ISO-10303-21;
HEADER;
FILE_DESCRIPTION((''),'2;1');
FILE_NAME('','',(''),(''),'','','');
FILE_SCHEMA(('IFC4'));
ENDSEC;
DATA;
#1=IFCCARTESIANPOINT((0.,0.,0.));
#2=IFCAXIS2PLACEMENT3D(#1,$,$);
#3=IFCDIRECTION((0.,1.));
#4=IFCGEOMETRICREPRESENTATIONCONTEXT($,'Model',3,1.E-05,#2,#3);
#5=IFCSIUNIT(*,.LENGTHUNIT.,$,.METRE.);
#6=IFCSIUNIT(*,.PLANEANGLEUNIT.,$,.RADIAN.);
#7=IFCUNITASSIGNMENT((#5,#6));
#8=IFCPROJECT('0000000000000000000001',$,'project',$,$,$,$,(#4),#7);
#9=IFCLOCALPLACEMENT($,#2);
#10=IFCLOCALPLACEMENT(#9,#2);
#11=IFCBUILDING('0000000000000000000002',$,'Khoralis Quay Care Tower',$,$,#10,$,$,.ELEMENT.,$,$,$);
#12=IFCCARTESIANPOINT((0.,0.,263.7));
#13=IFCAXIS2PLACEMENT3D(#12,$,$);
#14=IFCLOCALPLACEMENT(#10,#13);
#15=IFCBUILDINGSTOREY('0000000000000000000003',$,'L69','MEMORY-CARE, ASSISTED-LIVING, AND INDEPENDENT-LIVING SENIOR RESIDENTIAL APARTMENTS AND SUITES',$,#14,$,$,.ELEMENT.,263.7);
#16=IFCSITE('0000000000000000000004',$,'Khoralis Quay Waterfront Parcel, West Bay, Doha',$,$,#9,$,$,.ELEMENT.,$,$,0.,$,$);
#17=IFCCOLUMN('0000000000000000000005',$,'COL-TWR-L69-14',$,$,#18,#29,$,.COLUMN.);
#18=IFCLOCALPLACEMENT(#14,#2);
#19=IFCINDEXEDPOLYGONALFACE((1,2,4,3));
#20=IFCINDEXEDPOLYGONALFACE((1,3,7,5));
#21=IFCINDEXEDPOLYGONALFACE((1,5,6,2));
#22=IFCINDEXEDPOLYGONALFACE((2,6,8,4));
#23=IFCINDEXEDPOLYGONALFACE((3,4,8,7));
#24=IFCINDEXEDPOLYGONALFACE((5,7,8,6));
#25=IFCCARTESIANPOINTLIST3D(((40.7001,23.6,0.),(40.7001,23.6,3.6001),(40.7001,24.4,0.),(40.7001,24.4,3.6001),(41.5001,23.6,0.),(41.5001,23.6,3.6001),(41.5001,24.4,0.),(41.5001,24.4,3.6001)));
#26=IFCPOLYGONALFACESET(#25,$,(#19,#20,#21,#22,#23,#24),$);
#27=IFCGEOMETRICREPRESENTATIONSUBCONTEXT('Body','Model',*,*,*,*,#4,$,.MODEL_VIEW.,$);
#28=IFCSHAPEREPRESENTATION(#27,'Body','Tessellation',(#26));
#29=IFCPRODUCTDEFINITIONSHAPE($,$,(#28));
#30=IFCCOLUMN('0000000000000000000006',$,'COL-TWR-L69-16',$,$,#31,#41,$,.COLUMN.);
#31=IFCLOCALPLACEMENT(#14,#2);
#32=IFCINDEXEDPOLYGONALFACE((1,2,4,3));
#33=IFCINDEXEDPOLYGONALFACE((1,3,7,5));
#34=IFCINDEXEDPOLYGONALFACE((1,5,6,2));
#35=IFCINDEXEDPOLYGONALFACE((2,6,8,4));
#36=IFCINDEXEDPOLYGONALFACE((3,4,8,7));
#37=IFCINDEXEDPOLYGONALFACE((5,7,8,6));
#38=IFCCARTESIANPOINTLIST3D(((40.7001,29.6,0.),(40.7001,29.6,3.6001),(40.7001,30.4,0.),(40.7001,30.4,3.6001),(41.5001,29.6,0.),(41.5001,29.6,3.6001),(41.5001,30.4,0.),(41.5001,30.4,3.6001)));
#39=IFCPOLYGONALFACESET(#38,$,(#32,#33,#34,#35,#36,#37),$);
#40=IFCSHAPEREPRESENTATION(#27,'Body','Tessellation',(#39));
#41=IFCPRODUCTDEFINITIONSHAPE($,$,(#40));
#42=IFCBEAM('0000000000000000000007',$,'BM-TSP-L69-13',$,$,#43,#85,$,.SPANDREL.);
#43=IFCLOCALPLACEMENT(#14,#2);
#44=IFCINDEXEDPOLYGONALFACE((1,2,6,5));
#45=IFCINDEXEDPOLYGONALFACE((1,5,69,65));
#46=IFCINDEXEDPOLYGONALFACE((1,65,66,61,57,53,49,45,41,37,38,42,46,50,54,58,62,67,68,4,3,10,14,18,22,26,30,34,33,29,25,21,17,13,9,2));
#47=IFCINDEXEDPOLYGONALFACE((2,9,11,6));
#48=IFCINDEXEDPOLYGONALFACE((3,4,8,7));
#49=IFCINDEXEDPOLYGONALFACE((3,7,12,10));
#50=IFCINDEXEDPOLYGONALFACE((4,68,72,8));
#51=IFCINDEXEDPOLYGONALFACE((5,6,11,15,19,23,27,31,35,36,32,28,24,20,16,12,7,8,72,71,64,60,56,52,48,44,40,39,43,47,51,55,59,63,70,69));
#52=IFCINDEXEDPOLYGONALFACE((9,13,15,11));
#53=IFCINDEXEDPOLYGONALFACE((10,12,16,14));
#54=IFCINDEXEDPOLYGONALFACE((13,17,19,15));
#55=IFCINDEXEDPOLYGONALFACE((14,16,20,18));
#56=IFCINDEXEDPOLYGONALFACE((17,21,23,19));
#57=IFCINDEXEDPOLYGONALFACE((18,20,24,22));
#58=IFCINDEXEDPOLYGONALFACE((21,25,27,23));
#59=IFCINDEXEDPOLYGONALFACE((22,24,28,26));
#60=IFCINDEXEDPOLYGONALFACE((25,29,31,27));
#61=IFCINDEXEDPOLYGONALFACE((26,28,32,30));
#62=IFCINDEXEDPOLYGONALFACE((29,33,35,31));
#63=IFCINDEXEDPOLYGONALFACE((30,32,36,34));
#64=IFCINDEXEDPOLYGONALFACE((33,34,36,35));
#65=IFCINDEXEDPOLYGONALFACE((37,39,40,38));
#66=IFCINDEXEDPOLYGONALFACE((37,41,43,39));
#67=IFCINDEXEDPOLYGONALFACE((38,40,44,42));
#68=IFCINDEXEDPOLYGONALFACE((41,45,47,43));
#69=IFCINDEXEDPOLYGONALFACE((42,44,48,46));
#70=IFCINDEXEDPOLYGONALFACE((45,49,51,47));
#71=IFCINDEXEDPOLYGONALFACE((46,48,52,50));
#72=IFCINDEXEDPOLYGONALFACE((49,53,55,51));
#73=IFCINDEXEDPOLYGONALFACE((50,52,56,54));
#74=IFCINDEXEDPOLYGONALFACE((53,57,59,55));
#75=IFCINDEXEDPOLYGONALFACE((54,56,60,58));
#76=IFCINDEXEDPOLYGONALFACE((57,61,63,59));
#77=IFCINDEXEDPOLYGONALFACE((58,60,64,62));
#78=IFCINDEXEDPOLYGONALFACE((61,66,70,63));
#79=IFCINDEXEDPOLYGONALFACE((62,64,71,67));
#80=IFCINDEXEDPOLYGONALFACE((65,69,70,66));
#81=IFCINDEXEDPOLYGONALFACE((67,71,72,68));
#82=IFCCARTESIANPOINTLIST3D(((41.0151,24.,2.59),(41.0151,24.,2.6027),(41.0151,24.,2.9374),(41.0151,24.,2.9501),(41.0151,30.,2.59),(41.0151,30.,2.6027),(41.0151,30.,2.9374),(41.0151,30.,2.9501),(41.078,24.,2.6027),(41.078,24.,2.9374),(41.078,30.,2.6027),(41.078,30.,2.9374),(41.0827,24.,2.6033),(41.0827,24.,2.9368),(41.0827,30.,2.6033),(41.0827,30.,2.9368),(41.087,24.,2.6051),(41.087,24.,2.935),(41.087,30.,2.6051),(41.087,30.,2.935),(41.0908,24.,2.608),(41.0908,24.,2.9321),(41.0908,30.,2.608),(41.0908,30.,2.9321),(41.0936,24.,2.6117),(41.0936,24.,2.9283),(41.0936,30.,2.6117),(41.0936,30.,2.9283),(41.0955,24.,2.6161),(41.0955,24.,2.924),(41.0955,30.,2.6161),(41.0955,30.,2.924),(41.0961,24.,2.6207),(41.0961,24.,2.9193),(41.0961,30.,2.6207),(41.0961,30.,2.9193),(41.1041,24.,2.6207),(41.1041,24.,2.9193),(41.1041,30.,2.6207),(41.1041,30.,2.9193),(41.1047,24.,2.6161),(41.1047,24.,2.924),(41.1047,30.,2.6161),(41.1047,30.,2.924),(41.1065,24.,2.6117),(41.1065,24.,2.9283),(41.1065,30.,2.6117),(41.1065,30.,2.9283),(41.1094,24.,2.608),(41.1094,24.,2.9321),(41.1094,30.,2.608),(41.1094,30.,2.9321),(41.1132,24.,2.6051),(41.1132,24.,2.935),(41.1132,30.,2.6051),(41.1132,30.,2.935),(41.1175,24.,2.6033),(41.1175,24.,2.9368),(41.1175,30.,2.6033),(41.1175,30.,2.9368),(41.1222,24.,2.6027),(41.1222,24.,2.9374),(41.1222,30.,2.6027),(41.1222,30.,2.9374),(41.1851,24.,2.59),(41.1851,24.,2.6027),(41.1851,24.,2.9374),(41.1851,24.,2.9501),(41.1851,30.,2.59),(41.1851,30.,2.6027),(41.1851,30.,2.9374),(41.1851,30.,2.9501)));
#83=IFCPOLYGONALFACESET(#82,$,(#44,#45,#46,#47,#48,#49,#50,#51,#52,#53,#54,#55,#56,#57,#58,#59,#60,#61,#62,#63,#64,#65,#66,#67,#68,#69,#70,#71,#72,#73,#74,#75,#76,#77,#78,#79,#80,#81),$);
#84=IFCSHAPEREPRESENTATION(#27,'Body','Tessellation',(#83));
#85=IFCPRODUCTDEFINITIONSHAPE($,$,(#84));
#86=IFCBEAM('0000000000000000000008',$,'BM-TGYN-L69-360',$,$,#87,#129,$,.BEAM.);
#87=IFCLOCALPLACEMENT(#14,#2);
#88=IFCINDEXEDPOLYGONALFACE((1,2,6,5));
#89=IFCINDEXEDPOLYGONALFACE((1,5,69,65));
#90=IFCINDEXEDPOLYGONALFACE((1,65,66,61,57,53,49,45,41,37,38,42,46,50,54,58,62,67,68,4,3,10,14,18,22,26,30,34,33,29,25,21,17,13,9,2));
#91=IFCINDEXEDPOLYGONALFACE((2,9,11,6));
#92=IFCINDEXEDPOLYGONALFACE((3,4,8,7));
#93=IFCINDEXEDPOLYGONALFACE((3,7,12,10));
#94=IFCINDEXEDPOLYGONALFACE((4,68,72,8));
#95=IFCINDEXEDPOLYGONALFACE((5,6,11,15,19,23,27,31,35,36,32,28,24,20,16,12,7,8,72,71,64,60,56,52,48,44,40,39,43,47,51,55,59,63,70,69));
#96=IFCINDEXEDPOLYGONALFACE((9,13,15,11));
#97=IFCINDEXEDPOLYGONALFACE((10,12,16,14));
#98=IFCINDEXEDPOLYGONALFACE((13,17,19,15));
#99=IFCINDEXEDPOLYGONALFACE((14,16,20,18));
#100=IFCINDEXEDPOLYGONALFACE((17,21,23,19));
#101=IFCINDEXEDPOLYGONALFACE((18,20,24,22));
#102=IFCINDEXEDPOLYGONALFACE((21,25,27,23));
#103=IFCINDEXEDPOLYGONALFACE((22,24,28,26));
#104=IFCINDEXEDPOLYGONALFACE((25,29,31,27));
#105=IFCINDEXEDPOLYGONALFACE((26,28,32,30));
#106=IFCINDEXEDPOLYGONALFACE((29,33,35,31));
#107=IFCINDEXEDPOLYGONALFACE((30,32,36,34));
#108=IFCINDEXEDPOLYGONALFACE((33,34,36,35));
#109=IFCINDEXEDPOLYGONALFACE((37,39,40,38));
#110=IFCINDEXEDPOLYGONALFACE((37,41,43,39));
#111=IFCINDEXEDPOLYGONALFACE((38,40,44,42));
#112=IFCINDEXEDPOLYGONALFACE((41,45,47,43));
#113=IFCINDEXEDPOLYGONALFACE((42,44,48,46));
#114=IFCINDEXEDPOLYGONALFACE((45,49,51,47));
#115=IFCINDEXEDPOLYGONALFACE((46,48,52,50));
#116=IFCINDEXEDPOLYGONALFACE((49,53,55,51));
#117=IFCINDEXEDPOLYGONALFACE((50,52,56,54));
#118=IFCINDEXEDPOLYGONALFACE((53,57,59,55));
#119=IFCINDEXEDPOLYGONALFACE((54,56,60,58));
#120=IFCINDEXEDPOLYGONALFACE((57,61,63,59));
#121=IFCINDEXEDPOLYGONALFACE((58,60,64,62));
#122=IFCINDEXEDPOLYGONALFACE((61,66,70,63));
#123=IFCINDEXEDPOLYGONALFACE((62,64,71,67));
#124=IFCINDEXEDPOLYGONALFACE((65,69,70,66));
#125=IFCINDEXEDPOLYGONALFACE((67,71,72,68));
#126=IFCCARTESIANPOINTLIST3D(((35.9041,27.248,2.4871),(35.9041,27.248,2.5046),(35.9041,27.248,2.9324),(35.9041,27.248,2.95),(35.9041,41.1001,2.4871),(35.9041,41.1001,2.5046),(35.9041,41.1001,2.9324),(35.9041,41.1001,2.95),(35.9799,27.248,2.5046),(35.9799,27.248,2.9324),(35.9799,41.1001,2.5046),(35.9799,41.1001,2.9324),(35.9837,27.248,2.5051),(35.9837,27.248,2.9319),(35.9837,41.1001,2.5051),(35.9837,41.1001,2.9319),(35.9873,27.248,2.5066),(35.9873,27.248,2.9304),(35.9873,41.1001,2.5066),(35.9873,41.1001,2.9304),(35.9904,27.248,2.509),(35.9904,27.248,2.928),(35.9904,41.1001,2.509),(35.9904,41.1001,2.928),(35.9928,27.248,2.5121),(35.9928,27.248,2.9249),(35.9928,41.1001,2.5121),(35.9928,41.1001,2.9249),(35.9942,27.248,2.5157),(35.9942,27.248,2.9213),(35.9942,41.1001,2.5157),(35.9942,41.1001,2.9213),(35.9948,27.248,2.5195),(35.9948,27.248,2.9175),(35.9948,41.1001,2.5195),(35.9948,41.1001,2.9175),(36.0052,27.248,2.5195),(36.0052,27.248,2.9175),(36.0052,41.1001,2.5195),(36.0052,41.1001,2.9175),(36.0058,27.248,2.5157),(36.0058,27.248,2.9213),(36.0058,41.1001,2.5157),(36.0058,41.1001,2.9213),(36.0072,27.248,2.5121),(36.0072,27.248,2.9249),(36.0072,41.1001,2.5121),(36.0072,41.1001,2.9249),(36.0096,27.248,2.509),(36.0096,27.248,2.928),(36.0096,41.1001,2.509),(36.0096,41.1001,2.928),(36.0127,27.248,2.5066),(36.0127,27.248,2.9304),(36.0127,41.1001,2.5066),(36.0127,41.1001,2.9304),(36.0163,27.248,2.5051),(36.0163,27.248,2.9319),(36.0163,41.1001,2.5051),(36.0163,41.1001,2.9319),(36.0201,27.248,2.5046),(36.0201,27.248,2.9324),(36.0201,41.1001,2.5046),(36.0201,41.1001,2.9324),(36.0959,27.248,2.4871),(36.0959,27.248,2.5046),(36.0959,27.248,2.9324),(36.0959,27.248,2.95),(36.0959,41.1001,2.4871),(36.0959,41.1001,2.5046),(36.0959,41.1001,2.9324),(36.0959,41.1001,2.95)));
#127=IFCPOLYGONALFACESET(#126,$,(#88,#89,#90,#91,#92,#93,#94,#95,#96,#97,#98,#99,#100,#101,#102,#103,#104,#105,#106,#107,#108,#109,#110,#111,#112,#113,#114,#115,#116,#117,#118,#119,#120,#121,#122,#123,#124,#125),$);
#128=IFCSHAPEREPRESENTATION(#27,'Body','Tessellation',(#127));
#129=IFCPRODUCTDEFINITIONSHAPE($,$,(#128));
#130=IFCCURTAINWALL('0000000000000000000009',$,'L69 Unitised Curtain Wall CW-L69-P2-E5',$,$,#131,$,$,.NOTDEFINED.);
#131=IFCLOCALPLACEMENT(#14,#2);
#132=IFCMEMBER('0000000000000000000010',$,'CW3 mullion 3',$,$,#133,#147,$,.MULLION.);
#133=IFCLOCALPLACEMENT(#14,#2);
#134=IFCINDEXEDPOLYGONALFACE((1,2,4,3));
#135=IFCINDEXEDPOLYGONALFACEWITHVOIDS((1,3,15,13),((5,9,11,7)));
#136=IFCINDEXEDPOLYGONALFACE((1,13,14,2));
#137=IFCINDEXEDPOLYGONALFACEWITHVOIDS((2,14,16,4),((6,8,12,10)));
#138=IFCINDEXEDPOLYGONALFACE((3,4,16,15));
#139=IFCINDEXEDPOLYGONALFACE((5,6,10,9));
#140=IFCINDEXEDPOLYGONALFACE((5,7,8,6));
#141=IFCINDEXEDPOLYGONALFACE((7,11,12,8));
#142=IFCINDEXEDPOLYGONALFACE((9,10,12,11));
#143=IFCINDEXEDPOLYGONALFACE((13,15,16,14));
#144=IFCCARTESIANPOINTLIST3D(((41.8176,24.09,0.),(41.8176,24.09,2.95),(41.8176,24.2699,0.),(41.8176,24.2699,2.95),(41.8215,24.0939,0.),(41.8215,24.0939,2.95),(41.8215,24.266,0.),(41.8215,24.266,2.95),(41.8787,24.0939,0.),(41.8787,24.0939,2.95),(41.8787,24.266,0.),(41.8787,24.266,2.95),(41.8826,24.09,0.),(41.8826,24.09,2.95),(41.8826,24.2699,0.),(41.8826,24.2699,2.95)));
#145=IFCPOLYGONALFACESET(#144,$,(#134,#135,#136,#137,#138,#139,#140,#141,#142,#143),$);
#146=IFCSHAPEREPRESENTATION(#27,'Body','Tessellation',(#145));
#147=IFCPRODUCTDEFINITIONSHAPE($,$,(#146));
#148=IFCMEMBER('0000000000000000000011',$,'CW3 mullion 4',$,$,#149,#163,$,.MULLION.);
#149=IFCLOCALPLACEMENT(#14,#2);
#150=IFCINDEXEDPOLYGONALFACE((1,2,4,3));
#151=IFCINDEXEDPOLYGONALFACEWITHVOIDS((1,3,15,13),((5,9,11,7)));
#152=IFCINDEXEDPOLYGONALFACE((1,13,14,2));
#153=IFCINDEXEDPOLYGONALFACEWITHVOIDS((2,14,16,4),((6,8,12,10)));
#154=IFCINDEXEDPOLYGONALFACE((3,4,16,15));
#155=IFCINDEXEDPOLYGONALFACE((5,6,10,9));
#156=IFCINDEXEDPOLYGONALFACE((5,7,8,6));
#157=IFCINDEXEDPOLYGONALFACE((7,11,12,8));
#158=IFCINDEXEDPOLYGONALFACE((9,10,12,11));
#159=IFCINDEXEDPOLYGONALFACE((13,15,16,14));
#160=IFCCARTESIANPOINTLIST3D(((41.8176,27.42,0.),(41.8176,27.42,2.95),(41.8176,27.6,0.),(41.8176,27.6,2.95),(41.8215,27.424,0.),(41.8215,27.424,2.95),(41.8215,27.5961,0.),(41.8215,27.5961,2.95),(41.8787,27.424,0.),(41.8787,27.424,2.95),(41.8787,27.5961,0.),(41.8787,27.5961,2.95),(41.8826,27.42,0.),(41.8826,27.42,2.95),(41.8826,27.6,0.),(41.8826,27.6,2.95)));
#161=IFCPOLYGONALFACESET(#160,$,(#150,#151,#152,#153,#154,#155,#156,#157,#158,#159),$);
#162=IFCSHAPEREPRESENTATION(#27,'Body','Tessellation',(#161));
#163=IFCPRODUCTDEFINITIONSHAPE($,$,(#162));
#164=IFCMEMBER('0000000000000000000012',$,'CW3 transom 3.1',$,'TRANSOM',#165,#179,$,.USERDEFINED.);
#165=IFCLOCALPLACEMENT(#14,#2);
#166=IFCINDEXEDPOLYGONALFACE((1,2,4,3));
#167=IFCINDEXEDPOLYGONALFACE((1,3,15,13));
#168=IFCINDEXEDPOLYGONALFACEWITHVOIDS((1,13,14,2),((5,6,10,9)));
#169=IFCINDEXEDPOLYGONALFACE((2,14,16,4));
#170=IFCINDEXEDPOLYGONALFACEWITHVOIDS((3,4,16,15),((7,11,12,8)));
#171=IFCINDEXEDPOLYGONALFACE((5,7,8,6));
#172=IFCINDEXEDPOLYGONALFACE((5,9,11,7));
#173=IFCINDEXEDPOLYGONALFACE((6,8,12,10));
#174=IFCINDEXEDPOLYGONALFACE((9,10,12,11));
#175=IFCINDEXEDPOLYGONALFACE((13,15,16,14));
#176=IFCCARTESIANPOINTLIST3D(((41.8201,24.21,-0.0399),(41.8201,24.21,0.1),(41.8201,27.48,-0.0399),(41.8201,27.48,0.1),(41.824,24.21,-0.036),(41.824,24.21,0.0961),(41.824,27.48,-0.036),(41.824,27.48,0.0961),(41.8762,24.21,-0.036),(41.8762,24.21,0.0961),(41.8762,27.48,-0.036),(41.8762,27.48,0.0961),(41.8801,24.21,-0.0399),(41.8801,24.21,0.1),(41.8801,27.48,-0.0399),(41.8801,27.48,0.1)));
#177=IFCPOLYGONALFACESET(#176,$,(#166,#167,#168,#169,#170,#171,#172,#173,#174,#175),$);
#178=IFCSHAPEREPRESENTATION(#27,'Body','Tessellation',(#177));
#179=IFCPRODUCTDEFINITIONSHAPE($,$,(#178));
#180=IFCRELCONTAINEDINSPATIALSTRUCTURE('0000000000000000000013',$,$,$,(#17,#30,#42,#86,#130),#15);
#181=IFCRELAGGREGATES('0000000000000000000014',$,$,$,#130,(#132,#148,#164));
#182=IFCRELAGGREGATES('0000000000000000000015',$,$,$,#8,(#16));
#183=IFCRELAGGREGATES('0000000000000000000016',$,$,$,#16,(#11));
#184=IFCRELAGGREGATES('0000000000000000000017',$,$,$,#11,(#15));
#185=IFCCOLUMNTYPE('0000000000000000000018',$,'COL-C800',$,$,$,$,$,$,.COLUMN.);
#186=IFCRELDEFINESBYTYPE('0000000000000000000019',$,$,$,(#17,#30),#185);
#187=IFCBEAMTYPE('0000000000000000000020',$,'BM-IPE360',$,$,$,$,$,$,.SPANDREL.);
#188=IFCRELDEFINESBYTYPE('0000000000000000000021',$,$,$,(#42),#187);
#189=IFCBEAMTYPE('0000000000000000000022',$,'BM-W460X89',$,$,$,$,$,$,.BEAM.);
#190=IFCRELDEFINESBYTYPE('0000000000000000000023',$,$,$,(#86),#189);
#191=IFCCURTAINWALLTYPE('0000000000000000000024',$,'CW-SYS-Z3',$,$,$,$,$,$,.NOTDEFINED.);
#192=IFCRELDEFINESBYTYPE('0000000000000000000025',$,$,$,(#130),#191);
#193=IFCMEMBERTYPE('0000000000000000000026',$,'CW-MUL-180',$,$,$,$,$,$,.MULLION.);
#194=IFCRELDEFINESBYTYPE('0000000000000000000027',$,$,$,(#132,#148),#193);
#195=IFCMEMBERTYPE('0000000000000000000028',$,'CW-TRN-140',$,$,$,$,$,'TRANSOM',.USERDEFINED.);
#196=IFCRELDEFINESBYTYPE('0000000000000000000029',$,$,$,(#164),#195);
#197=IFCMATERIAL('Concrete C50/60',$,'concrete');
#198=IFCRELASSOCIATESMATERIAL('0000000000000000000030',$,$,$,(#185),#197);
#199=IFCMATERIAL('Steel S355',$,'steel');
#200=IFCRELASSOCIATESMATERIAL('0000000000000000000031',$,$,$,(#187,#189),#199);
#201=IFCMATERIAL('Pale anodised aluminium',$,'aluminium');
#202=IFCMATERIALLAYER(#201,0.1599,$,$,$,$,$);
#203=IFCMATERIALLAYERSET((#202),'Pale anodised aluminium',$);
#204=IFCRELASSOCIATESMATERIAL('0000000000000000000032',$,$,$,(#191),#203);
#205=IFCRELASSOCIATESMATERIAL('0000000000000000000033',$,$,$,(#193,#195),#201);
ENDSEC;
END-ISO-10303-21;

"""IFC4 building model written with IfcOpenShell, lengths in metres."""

from ifc_helpers import new_model, si_unit, direction, frame, origin, origin_2d, place, context, subcontext, project, spatial, rectangle, hollow_rectangle, i_section, extrude, source, transform, mapped, material, layer, layer_set, material_profile, profile_set, type_object, element, aggregate, save


model = new_model("IFC4")

# Units and contexts
model_context = context("Model", 3, precision=1e-05, world=origin(), true_north=direction((0.0, 1.0)))
body_context = subcontext(model_context, "Body", "Model", "MODEL_VIEW")
ifc_project = project(units=[si_unit("LENGTHUNIT", "METRE"), si_unit("PLANEANGLEUNIT", "RADIAN")], contexts=[model_context])

# Site, building, storey
site_placement = place(None, origin())
site = spatial("IfcSite", under=ifc_project, at=site_placement, Name="Khoralis Quay Waterfront Parcel, West Bay, Doha", CompositionType="ELEMENT", RefElevation=0.0)
building_placement = place(site_placement, origin())
building = spatial("IfcBuilding", under=site, at=building_placement, Name="Khoralis Quay Care Tower", CompositionType="ELEMENT")
storey_placement = place(building_placement, frame((0.0, 0.0, 263.7)))
storey = spatial("IfcBuildingStorey", under=building, at=storey_placement, Name="L69", Description="MEMORY-CARE, ASSISTED-LIVING, AND INDEPENDENT-LIVING SENIOR RESIDENTIAL APARTMENTS AND SUITES", CompositionType="ELEMENT", Elevation=263.7)

# Columns
ifc_material_1 = material(Name="Concrete C50/60", Category="concrete")
ifc_material_profile_1 = material_profile(ifc_material_1, rectangle(XDim=0.8, YDim=0.8, at=origin_2d()), Name="Concrete C50/60")
ifc_profile_set_1 = profile_set([ifc_material_profile_1], Name="Concrete C50/60")
column_type = type_object("IfcColumnType", Name="COL-C800", PredefinedType="COLUMN", material=ifc_profile_set_1)
shared_shape_1 = source(origin(), body_context, "Body", "SweptSolid", [
    extrude(rectangle(XDim=0.8, YDim=0.8, at=origin_2d()), origin(), (0.0, 0.0, 1.0), 3.6001),
])
for number, where, z_axis, x_axis, name in (
    (1, (41.1001, 24.0, 0.0), (0.0, 0.0, 1.0), (1.0, 0.0, 0.0), "COL-TWR-L69-14"),
    (2, (41.1001, 30.0, 0.0), (0.0, 0.0, 1.0), (1.0, 0.0, 0.0), "COL-TWR-L69-16"),
):
    element("IfcColumn", number, at=place(storey_placement, frame(where, z_axis=z_axis, x_axis=x_axis)), inside=storey, type_object=column_type, Name=name, PredefinedType="COLUMN", context=body_context, shape_type="MappedRepresentation", body=[
        mapped(shared_shape_1, transform((0.0, 0.0, 0.0), scale=1.0)),
    ])

# Beams
ifc_material_2 = material(Name="Steel S355", Category="steel")
ifc_material_profile_2 = material_profile(ifc_material_2, i_section(OverallWidth=0.1699, OverallDepth=0.3601, WebThickness=0.0081, FlangeThickness=0.0127, FilletRadius=0.0181, at=origin_2d()), Name="Steel S355")
ifc_profile_set_2 = profile_set([ifc_material_profile_2], Name="Steel S355")
beam_type_1 = type_object("IfcBeamType", Name="BM-IPE360", PredefinedType="SPANDREL", material=ifc_profile_set_2)
shared_shape_2 = source(origin(), body_context, "Body", "SweptSolid", [
    extrude(i_section(OverallWidth=0.1699, OverallDepth=0.3601, WebThickness=0.0081, FlangeThickness=0.0127, FilletRadius=0.0181, at=origin_2d()), origin(), (0.0, 0.0, 1.0), 6.0),
])
beam_1_placement = place(storey_placement, frame((41.1001, 24.0, 2.77), z_axis=(0.0, 1.0, 0.0), x_axis=(-1.0, 0.0, 0.0)))
element("IfcBeam", 3, at=beam_1_placement, inside=storey, type_object=beam_type_1, Name="BM-TSP-L69-13", PredefinedType="SPANDREL", context=body_context, shape_type="MappedRepresentation", body=[
    mapped(shared_shape_2, transform((0.0, 0.0, 0.0), scale=1.0)),
])
ifc_material_profile_3 = material_profile(ifc_material_2, i_section(OverallWidth=0.1919, OverallDepth=0.4629, WebThickness=0.0105, FlangeThickness=0.0176, FilletRadius=0.0149, at=origin_2d()), Name="Steel S355")
ifc_profile_set_3 = profile_set([ifc_material_profile_3], Name="Steel S355")
beam_type_2 = type_object("IfcBeamType", Name="BM-W460X89", PredefinedType="BEAM", material=ifc_profile_set_3)
shared_shape_3 = source(origin(), body_context, "Body", "SweptSolid", [
    extrude(i_section(OverallWidth=0.1919, OverallDepth=0.4629, WebThickness=0.0105, FlangeThickness=0.0176, FilletRadius=0.0149, at=origin_2d()), origin(), (0.0, 0.0, 1.0), 13.8521),
])
beam_2_placement = place(storey_placement, frame((36.0, 27.248, 2.7185), z_axis=(0.0, 1.0, 0.0), x_axis=(-1.0, 0.0, 0.0)))
element("IfcBeam", 4, at=beam_2_placement, inside=storey, type_object=beam_type_2, Name="BM-TGYN-L69-360", PredefinedType="BEAM", context=body_context, shape_type="MappedRepresentation", body=[
    mapped(shared_shape_3, transform((0.0, 0.0, 0.0), scale=1.0)),
])

# Curtain wall, members
ifc_material_3 = material(Name="Pale anodised aluminium", Category="aluminium")
ifc_layer_1 = layer(ifc_material_3, 0.1599)
ifc_layer_set_1 = layer_set([ifc_layer_1], Name="Pale anodised aluminium")
curtain_wall_type = type_object("IfcCurtainWallType", Name="CW-SYS-Z3", PredefinedType="NOTDEFINED", material=ifc_layer_set_1)
curtain_wall_placement = place(storey_placement, origin())
curtain_wall = element("IfcCurtainWall", 5, at=curtain_wall_placement, inside=storey, type_object=curtain_wall_type, Name="L69 Unitised Curtain Wall CW-L69-P2-E5", PredefinedType="NOTDEFINED")
ifc_material_profile_4 = material_profile(ifc_material_3, hollow_rectangle(XDim=0.0649, YDim=0.1799, WallThickness=0.0039, at=origin_2d()), Name="Pale anodised aluminium")
ifc_profile_set_4 = profile_set([ifc_material_profile_4], Name="Pale anodised aluminium")
member_type_1 = type_object("IfcMemberType", Name="CW-MUL-180", PredefinedType="MULLION", material=ifc_profile_set_4)
shared_shape_4 = source(origin(), body_context, "Body", "SweptSolid", [
    extrude(hollow_rectangle(XDim=0.0649, YDim=0.1799, WallThickness=0.0039, at=origin_2d()), origin(), (0.0, 0.0, 1.0), 2.95),
])
member_1_placement = place(storey_placement, frame((41.8501, 24.1799, 0.0), z_axis=(0.0, 0.0, 1.0), x_axis=(-1.0, 0.0, 0.0)))
member_1 = element("IfcMember", 6, at=member_1_placement, type_object=member_type_1, Name="CW3 mullion 3", PredefinedType="MULLION", context=body_context, shape_type="MappedRepresentation", body=[
    mapped(shared_shape_4, transform((0.0, 0.0, 0.0), scale=1.0)),
])
member_2_placement = place(storey_placement, frame((41.8501, 27.51, 0.0), z_axis=(0.0, 0.0, 1.0), x_axis=(-1.0, 0.0, 0.0)))
member_2 = element("IfcMember", 7, at=member_2_placement, type_object=member_type_1, Name="CW3 mullion 4", PredefinedType="MULLION", context=body_context, shape_type="MappedRepresentation", body=[
    mapped(shared_shape_4, transform((0.0, 0.0, 0.0), scale=1.0)),
])
ifc_material_profile_5 = material_profile(ifc_material_3, hollow_rectangle(XDim=0.0601, YDim=0.1399, WallThickness=0.0039, at=origin_2d()), Name="Pale anodised aluminium")
ifc_profile_set_5 = profile_set([ifc_material_profile_5], Name="Pale anodised aluminium")
member_type_2 = type_object("IfcMemberType", Name="CW-TRN-140", ElementType="TRANSOM", PredefinedType="USERDEFINED", material=ifc_profile_set_5)
shared_shape_5 = source(origin(), body_context, "Body", "SweptSolid", [
    extrude(hollow_rectangle(XDim=0.0601, YDim=0.1399, WallThickness=0.0039, at=origin_2d()), origin(), (0.0, 0.0, 1.0), 3.27),
])
member_3_placement = place(storey_placement, frame((41.8501, 24.21, 0.03), z_axis=(0.0, 1.0, 0.0), x_axis=(-1.0, 0.0, 0.0)))
member_3 = element("IfcMember", 8, at=member_3_placement, type_object=member_type_2, Name="CW3 transom 3.1", ObjectType="TRANSOM", PredefinedType="USERDEFINED", context=body_context, shape_type="MappedRepresentation", body=[
    mapped(shared_shape_5, transform((0.0, 0.0, 0.0), scale=1.0)),
])
aggregate(curtain_wall, [member_1, member_2, member_3])

save(model, "model.ifc")
